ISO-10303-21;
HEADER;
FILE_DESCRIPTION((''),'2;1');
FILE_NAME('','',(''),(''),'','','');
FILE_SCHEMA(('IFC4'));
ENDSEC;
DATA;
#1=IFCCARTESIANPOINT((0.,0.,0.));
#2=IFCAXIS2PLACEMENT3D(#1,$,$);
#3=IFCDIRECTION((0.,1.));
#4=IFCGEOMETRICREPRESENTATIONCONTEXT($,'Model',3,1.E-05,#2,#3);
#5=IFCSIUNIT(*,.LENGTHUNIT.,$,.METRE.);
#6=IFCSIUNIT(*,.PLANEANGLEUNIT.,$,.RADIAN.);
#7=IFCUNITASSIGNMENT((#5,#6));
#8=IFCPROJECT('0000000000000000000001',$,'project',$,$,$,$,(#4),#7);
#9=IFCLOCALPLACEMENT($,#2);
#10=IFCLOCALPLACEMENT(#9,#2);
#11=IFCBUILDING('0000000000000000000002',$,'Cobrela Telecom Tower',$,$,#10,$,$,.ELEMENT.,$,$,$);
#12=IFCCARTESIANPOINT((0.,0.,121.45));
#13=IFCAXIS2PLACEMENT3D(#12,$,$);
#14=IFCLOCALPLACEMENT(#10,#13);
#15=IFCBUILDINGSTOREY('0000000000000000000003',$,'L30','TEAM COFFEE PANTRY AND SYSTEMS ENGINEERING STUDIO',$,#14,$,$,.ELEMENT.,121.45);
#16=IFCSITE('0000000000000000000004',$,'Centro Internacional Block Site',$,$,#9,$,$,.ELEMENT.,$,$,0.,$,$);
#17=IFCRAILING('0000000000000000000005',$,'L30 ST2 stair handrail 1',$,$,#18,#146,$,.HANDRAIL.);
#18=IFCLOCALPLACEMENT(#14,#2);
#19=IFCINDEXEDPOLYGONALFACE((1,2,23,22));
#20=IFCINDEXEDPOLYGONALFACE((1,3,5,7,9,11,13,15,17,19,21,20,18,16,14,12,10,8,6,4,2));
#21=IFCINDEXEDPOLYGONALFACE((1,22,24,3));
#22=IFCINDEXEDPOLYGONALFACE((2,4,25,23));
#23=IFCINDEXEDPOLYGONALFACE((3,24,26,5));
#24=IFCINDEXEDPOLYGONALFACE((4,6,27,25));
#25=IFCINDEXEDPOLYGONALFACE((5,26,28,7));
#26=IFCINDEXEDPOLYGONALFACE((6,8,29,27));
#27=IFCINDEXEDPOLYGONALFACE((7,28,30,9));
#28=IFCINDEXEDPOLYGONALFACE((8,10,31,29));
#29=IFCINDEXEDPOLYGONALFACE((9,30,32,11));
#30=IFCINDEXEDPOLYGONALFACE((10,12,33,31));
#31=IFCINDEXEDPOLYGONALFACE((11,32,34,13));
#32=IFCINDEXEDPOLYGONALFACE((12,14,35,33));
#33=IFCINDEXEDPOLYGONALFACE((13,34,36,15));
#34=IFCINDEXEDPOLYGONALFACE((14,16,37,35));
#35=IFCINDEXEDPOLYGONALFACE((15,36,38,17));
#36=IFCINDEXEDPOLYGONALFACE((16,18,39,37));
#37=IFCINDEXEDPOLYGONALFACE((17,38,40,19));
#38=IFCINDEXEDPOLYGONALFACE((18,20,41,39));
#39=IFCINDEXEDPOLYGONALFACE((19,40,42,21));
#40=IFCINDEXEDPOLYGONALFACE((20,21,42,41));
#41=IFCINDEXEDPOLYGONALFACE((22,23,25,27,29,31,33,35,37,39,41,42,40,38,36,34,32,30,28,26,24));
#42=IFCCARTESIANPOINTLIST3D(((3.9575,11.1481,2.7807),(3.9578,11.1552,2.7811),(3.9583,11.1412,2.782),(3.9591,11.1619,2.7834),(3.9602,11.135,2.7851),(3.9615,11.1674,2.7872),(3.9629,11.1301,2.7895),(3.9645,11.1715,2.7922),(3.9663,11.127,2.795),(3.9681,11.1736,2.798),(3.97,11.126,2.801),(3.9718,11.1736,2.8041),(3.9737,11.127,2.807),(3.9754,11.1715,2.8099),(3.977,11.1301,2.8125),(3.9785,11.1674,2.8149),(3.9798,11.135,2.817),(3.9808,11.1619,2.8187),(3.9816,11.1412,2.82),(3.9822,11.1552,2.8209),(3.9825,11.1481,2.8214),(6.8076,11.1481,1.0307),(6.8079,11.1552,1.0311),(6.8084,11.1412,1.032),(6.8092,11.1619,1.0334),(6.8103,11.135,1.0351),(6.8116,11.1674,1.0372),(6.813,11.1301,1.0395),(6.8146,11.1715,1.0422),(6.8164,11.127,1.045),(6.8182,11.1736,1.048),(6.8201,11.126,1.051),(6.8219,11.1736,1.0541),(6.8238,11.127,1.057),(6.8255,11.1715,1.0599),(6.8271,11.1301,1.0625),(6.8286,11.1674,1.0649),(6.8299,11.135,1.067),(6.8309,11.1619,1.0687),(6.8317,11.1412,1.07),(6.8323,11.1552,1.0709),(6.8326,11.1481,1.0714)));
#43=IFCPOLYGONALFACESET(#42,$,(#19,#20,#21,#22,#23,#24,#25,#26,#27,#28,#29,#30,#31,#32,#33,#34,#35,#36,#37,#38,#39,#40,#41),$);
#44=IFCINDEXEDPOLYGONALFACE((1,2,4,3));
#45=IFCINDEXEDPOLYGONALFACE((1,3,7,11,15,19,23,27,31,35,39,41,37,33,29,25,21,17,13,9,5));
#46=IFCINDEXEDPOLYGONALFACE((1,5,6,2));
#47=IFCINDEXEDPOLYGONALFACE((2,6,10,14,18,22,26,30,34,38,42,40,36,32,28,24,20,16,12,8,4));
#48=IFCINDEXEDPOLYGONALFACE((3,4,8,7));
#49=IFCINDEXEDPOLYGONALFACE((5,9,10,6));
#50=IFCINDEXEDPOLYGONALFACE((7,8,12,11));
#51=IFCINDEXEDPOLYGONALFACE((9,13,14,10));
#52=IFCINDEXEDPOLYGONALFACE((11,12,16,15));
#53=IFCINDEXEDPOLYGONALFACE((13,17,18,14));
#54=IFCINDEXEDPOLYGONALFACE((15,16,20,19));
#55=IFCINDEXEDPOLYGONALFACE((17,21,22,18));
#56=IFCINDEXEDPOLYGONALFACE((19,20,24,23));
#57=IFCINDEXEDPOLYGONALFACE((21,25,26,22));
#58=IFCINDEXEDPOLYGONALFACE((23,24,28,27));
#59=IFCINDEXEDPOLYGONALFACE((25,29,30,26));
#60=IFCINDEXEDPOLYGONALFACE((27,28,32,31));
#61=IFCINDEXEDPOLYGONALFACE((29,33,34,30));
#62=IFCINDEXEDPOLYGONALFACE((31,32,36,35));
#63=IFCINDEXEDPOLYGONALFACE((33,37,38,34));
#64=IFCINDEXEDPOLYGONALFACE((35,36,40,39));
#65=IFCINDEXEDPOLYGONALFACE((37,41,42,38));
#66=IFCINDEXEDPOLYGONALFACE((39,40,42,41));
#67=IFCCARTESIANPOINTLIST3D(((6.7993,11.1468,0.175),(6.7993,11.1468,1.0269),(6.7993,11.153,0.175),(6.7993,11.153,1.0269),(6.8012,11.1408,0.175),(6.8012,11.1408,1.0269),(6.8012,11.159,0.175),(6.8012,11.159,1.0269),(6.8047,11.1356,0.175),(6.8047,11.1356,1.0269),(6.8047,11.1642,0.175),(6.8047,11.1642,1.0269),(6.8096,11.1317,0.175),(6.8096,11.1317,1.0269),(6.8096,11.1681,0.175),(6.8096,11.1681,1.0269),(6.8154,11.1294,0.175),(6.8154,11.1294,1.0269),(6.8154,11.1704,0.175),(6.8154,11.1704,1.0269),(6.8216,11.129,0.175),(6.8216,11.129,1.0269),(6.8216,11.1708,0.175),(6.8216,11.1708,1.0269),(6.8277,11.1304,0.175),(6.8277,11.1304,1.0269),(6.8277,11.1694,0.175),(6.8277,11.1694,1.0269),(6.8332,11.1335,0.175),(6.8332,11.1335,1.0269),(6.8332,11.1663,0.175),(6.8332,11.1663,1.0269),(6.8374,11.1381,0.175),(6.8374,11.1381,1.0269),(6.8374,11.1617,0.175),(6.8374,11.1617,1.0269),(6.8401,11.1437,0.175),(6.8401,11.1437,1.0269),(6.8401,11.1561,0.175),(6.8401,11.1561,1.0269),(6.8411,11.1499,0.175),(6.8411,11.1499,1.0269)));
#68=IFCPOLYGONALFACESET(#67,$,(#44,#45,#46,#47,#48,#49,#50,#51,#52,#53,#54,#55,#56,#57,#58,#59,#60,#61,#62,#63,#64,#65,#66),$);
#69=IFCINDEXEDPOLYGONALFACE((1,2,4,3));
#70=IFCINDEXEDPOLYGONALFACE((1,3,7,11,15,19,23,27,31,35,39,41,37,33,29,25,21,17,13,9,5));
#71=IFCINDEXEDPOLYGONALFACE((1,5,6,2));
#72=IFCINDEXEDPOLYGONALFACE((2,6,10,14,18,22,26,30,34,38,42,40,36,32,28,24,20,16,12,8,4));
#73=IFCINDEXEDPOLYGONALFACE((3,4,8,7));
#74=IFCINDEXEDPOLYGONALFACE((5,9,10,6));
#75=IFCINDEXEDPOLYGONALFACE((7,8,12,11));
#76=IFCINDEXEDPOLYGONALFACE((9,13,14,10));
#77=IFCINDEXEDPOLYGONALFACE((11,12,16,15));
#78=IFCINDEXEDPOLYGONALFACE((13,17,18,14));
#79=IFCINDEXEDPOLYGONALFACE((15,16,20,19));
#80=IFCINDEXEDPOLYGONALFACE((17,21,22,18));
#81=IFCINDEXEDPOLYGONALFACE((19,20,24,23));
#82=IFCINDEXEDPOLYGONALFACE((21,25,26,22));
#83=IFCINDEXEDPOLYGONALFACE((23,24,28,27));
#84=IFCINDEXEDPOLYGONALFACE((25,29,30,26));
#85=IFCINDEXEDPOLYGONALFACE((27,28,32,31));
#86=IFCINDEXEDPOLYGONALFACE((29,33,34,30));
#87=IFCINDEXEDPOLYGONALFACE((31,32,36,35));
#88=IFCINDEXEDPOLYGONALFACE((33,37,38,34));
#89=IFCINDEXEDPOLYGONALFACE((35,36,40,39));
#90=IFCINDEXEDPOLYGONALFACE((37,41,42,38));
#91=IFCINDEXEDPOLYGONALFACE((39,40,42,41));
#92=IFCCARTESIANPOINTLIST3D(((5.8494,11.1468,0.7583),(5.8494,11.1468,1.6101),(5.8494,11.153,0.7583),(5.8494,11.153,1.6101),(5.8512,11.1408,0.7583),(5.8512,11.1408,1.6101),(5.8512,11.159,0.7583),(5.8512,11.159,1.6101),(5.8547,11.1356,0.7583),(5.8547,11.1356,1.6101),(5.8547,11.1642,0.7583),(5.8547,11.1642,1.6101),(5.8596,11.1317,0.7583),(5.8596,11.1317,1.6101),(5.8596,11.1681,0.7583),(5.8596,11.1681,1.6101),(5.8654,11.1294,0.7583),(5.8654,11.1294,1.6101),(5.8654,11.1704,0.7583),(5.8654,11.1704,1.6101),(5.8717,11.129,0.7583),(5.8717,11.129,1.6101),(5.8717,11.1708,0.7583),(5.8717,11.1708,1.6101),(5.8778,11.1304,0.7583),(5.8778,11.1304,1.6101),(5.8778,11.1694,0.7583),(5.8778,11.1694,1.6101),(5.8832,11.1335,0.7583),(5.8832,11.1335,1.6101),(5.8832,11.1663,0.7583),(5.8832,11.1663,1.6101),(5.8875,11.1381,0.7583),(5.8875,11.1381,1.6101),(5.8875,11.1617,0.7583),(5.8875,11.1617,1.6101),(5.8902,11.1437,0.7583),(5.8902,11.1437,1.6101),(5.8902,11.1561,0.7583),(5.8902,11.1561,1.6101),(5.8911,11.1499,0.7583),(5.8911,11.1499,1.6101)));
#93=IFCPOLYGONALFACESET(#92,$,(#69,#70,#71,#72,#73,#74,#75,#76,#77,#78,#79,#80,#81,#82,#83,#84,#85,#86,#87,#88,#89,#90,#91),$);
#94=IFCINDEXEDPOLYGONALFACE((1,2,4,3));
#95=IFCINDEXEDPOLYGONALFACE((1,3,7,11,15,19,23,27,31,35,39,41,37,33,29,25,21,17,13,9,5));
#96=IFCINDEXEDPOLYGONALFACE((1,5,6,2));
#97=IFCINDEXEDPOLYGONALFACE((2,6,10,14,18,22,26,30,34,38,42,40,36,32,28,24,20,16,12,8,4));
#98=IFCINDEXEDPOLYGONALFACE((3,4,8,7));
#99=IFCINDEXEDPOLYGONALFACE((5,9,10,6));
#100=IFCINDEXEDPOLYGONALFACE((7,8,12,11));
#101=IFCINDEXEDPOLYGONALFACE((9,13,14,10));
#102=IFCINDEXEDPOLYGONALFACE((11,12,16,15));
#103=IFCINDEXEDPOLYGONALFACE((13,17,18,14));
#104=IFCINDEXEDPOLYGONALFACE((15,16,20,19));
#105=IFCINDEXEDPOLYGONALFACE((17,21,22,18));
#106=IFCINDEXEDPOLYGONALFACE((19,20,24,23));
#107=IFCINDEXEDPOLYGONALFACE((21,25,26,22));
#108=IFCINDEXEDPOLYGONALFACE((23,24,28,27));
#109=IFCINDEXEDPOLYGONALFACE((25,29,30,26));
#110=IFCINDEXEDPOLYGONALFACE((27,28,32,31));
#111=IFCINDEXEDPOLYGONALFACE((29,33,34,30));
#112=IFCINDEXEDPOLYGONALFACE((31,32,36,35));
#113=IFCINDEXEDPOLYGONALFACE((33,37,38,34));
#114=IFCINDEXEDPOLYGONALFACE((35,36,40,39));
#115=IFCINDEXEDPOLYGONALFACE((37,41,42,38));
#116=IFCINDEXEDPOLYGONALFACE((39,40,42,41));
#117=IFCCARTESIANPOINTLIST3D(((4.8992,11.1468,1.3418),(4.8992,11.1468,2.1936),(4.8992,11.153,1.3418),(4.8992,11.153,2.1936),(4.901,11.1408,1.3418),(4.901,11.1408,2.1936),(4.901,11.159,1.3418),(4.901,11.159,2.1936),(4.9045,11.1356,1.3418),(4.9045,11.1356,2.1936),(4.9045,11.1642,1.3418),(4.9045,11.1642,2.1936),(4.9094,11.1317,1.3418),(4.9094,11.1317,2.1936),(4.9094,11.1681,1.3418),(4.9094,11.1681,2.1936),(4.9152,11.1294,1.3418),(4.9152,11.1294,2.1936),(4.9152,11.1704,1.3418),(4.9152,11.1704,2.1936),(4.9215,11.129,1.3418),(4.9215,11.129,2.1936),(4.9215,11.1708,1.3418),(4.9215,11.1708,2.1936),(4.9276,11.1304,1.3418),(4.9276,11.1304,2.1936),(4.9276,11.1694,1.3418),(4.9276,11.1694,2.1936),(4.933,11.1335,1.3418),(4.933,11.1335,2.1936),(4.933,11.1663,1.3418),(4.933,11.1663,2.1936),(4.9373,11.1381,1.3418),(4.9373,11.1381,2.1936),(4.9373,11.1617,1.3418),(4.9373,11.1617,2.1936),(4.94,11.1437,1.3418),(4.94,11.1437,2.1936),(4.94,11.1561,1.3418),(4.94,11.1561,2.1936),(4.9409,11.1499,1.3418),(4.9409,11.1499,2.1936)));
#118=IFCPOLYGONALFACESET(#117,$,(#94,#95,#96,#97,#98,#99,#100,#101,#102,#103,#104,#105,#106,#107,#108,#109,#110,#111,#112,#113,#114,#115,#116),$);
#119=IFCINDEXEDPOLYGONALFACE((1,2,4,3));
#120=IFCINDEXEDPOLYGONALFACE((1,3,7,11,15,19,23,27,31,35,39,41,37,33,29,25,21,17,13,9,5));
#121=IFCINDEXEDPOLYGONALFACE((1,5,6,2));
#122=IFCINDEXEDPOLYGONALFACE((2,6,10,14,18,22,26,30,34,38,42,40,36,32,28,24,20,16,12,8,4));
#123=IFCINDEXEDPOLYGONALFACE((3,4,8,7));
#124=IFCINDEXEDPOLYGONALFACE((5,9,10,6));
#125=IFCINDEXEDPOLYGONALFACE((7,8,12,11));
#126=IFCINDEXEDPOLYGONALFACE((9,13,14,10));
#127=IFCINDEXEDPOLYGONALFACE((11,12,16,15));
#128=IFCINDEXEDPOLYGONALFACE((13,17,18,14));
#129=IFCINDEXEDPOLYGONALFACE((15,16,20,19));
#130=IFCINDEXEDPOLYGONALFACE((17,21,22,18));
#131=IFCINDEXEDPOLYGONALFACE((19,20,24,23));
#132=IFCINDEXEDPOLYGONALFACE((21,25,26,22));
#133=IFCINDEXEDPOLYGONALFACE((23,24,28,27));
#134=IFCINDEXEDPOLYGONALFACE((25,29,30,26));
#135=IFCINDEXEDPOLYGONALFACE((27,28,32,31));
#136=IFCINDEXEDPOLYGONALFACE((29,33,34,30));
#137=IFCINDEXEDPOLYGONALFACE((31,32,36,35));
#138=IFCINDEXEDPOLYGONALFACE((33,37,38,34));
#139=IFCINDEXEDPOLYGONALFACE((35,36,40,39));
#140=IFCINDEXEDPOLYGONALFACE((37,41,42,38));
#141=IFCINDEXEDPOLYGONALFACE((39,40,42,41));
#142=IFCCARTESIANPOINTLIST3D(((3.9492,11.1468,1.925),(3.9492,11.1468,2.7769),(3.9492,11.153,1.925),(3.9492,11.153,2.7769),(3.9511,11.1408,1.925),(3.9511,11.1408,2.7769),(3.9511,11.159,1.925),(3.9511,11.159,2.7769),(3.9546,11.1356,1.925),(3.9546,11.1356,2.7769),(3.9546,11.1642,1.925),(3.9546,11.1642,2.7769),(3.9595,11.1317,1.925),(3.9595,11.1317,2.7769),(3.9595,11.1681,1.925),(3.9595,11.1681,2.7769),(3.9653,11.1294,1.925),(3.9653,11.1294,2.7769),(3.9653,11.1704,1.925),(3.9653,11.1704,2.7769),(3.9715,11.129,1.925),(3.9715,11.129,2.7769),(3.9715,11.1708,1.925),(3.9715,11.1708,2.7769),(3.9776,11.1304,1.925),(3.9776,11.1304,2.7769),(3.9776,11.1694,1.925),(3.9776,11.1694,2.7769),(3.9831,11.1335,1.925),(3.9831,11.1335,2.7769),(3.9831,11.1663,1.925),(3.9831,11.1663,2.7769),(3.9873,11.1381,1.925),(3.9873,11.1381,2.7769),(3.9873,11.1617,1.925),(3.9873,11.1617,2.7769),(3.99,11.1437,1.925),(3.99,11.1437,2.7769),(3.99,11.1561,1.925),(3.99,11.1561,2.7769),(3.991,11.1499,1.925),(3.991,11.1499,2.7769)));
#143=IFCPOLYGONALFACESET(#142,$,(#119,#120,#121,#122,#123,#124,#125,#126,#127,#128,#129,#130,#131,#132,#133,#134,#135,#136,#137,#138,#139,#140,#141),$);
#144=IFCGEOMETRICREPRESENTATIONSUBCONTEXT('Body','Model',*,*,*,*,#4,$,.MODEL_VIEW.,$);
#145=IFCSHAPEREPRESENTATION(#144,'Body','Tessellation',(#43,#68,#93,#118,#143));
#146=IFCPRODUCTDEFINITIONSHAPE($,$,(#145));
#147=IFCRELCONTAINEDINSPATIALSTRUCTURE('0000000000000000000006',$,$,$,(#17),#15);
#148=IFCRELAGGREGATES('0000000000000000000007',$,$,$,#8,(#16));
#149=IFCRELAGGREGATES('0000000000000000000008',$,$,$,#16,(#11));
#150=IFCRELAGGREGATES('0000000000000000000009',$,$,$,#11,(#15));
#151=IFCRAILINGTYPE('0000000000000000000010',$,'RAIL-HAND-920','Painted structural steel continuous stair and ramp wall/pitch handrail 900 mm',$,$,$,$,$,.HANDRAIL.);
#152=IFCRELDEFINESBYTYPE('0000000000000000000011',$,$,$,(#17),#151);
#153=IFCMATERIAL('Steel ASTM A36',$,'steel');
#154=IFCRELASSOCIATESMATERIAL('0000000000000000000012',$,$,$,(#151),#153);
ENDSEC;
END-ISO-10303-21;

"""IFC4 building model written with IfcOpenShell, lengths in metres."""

from ifc_helpers import new_model, si_unit, direction, frame, origin, origin_2d, place, context, subcontext, project, spatial, circle, extrude, material, type_object, element, save


model = new_model("IFC4")

# Units and contexts
model_context = context("Model", 3, precision=1e-05, world=origin(), true_north=direction((0.0, 1.0)))
body_context = subcontext(model_context, "Body", "Model", "MODEL_VIEW")
ifc_project = project(units=[si_unit("LENGTHUNIT", "METRE"), si_unit("PLANEANGLEUNIT", "RADIAN")], contexts=[model_context])

# Site, building, storey
site_placement = place(None, origin())
site = spatial("IfcSite", under=ifc_project, at=site_placement, Name="Centro Internacional Block Site", CompositionType="ELEMENT", RefElevation=0.0)
building_placement = place(site_placement, origin())
building = spatial("IfcBuilding", under=site, at=building_placement, Name="Cobrela Telecom Tower", CompositionType="ELEMENT")
storey_placement = place(building_placement, frame((0.0, 0.0, 121.45)))
storey = spatial("IfcBuildingStorey", under=building, at=storey_placement, Name="L30", Description="TEAM COFFEE PANTRY AND SYSTEMS ENGINEERING STUDIO", CompositionType="ELEMENT", Elevation=121.45)

# Shared definitions
ifc_material_1 = material(Name="Steel ASTM A36", Category="steel")

# Railing
railing_type_1 = type_object("IfcRailingType", Name="RAIL-HAND-920", Description="Painted structural steel continuous stair and ramp wall/pitch handrail 900 mm", PredefinedType="HANDRAIL", material=ifc_material_1)
railing_1_placement = place(storey_placement, frame((6.8201, 11.1499, 0.175)))
element("IfcRailing", 1, at=railing_1_placement, inside=storey, type_object=railing_type_1, Name="L30 ST2 stair handrail 1", PredefinedType="HANDRAIL", context=body_context, shape_type="SweptSolid", body=[
    extrude(circle(Radius=0.0239, at=origin_2d()), frame((0.0, 0.0, 0.876), z_axis=(-0.852179, 0.0, 0.52325), x_axis=(0.0, -1.0, 0.0)), (0.0, 0.0, 1.0), 3.3445),
    extrude(circle(Radius=0.021, at=origin_2d()), origin(), (0.0, 0.0, 1.0), 0.8518),
    extrude(circle(Radius=0.021, at=origin_2d()), frame((-0.95, 0.0, 0.5833)), (0.0, 0.0, 1.0), 0.8518),
    extrude(circle(Radius=0.021, at=origin_2d()), frame((-1.9001, 0.0, 1.1667)), (0.0, 0.0, 1.0), 0.8518),
    extrude(circle(Radius=0.021, at=origin_2d()), frame((-2.8501, 0.0, 1.75)), (0.0, 0.0, 1.0), 0.8518),
])

save(model, "model.ifc")
